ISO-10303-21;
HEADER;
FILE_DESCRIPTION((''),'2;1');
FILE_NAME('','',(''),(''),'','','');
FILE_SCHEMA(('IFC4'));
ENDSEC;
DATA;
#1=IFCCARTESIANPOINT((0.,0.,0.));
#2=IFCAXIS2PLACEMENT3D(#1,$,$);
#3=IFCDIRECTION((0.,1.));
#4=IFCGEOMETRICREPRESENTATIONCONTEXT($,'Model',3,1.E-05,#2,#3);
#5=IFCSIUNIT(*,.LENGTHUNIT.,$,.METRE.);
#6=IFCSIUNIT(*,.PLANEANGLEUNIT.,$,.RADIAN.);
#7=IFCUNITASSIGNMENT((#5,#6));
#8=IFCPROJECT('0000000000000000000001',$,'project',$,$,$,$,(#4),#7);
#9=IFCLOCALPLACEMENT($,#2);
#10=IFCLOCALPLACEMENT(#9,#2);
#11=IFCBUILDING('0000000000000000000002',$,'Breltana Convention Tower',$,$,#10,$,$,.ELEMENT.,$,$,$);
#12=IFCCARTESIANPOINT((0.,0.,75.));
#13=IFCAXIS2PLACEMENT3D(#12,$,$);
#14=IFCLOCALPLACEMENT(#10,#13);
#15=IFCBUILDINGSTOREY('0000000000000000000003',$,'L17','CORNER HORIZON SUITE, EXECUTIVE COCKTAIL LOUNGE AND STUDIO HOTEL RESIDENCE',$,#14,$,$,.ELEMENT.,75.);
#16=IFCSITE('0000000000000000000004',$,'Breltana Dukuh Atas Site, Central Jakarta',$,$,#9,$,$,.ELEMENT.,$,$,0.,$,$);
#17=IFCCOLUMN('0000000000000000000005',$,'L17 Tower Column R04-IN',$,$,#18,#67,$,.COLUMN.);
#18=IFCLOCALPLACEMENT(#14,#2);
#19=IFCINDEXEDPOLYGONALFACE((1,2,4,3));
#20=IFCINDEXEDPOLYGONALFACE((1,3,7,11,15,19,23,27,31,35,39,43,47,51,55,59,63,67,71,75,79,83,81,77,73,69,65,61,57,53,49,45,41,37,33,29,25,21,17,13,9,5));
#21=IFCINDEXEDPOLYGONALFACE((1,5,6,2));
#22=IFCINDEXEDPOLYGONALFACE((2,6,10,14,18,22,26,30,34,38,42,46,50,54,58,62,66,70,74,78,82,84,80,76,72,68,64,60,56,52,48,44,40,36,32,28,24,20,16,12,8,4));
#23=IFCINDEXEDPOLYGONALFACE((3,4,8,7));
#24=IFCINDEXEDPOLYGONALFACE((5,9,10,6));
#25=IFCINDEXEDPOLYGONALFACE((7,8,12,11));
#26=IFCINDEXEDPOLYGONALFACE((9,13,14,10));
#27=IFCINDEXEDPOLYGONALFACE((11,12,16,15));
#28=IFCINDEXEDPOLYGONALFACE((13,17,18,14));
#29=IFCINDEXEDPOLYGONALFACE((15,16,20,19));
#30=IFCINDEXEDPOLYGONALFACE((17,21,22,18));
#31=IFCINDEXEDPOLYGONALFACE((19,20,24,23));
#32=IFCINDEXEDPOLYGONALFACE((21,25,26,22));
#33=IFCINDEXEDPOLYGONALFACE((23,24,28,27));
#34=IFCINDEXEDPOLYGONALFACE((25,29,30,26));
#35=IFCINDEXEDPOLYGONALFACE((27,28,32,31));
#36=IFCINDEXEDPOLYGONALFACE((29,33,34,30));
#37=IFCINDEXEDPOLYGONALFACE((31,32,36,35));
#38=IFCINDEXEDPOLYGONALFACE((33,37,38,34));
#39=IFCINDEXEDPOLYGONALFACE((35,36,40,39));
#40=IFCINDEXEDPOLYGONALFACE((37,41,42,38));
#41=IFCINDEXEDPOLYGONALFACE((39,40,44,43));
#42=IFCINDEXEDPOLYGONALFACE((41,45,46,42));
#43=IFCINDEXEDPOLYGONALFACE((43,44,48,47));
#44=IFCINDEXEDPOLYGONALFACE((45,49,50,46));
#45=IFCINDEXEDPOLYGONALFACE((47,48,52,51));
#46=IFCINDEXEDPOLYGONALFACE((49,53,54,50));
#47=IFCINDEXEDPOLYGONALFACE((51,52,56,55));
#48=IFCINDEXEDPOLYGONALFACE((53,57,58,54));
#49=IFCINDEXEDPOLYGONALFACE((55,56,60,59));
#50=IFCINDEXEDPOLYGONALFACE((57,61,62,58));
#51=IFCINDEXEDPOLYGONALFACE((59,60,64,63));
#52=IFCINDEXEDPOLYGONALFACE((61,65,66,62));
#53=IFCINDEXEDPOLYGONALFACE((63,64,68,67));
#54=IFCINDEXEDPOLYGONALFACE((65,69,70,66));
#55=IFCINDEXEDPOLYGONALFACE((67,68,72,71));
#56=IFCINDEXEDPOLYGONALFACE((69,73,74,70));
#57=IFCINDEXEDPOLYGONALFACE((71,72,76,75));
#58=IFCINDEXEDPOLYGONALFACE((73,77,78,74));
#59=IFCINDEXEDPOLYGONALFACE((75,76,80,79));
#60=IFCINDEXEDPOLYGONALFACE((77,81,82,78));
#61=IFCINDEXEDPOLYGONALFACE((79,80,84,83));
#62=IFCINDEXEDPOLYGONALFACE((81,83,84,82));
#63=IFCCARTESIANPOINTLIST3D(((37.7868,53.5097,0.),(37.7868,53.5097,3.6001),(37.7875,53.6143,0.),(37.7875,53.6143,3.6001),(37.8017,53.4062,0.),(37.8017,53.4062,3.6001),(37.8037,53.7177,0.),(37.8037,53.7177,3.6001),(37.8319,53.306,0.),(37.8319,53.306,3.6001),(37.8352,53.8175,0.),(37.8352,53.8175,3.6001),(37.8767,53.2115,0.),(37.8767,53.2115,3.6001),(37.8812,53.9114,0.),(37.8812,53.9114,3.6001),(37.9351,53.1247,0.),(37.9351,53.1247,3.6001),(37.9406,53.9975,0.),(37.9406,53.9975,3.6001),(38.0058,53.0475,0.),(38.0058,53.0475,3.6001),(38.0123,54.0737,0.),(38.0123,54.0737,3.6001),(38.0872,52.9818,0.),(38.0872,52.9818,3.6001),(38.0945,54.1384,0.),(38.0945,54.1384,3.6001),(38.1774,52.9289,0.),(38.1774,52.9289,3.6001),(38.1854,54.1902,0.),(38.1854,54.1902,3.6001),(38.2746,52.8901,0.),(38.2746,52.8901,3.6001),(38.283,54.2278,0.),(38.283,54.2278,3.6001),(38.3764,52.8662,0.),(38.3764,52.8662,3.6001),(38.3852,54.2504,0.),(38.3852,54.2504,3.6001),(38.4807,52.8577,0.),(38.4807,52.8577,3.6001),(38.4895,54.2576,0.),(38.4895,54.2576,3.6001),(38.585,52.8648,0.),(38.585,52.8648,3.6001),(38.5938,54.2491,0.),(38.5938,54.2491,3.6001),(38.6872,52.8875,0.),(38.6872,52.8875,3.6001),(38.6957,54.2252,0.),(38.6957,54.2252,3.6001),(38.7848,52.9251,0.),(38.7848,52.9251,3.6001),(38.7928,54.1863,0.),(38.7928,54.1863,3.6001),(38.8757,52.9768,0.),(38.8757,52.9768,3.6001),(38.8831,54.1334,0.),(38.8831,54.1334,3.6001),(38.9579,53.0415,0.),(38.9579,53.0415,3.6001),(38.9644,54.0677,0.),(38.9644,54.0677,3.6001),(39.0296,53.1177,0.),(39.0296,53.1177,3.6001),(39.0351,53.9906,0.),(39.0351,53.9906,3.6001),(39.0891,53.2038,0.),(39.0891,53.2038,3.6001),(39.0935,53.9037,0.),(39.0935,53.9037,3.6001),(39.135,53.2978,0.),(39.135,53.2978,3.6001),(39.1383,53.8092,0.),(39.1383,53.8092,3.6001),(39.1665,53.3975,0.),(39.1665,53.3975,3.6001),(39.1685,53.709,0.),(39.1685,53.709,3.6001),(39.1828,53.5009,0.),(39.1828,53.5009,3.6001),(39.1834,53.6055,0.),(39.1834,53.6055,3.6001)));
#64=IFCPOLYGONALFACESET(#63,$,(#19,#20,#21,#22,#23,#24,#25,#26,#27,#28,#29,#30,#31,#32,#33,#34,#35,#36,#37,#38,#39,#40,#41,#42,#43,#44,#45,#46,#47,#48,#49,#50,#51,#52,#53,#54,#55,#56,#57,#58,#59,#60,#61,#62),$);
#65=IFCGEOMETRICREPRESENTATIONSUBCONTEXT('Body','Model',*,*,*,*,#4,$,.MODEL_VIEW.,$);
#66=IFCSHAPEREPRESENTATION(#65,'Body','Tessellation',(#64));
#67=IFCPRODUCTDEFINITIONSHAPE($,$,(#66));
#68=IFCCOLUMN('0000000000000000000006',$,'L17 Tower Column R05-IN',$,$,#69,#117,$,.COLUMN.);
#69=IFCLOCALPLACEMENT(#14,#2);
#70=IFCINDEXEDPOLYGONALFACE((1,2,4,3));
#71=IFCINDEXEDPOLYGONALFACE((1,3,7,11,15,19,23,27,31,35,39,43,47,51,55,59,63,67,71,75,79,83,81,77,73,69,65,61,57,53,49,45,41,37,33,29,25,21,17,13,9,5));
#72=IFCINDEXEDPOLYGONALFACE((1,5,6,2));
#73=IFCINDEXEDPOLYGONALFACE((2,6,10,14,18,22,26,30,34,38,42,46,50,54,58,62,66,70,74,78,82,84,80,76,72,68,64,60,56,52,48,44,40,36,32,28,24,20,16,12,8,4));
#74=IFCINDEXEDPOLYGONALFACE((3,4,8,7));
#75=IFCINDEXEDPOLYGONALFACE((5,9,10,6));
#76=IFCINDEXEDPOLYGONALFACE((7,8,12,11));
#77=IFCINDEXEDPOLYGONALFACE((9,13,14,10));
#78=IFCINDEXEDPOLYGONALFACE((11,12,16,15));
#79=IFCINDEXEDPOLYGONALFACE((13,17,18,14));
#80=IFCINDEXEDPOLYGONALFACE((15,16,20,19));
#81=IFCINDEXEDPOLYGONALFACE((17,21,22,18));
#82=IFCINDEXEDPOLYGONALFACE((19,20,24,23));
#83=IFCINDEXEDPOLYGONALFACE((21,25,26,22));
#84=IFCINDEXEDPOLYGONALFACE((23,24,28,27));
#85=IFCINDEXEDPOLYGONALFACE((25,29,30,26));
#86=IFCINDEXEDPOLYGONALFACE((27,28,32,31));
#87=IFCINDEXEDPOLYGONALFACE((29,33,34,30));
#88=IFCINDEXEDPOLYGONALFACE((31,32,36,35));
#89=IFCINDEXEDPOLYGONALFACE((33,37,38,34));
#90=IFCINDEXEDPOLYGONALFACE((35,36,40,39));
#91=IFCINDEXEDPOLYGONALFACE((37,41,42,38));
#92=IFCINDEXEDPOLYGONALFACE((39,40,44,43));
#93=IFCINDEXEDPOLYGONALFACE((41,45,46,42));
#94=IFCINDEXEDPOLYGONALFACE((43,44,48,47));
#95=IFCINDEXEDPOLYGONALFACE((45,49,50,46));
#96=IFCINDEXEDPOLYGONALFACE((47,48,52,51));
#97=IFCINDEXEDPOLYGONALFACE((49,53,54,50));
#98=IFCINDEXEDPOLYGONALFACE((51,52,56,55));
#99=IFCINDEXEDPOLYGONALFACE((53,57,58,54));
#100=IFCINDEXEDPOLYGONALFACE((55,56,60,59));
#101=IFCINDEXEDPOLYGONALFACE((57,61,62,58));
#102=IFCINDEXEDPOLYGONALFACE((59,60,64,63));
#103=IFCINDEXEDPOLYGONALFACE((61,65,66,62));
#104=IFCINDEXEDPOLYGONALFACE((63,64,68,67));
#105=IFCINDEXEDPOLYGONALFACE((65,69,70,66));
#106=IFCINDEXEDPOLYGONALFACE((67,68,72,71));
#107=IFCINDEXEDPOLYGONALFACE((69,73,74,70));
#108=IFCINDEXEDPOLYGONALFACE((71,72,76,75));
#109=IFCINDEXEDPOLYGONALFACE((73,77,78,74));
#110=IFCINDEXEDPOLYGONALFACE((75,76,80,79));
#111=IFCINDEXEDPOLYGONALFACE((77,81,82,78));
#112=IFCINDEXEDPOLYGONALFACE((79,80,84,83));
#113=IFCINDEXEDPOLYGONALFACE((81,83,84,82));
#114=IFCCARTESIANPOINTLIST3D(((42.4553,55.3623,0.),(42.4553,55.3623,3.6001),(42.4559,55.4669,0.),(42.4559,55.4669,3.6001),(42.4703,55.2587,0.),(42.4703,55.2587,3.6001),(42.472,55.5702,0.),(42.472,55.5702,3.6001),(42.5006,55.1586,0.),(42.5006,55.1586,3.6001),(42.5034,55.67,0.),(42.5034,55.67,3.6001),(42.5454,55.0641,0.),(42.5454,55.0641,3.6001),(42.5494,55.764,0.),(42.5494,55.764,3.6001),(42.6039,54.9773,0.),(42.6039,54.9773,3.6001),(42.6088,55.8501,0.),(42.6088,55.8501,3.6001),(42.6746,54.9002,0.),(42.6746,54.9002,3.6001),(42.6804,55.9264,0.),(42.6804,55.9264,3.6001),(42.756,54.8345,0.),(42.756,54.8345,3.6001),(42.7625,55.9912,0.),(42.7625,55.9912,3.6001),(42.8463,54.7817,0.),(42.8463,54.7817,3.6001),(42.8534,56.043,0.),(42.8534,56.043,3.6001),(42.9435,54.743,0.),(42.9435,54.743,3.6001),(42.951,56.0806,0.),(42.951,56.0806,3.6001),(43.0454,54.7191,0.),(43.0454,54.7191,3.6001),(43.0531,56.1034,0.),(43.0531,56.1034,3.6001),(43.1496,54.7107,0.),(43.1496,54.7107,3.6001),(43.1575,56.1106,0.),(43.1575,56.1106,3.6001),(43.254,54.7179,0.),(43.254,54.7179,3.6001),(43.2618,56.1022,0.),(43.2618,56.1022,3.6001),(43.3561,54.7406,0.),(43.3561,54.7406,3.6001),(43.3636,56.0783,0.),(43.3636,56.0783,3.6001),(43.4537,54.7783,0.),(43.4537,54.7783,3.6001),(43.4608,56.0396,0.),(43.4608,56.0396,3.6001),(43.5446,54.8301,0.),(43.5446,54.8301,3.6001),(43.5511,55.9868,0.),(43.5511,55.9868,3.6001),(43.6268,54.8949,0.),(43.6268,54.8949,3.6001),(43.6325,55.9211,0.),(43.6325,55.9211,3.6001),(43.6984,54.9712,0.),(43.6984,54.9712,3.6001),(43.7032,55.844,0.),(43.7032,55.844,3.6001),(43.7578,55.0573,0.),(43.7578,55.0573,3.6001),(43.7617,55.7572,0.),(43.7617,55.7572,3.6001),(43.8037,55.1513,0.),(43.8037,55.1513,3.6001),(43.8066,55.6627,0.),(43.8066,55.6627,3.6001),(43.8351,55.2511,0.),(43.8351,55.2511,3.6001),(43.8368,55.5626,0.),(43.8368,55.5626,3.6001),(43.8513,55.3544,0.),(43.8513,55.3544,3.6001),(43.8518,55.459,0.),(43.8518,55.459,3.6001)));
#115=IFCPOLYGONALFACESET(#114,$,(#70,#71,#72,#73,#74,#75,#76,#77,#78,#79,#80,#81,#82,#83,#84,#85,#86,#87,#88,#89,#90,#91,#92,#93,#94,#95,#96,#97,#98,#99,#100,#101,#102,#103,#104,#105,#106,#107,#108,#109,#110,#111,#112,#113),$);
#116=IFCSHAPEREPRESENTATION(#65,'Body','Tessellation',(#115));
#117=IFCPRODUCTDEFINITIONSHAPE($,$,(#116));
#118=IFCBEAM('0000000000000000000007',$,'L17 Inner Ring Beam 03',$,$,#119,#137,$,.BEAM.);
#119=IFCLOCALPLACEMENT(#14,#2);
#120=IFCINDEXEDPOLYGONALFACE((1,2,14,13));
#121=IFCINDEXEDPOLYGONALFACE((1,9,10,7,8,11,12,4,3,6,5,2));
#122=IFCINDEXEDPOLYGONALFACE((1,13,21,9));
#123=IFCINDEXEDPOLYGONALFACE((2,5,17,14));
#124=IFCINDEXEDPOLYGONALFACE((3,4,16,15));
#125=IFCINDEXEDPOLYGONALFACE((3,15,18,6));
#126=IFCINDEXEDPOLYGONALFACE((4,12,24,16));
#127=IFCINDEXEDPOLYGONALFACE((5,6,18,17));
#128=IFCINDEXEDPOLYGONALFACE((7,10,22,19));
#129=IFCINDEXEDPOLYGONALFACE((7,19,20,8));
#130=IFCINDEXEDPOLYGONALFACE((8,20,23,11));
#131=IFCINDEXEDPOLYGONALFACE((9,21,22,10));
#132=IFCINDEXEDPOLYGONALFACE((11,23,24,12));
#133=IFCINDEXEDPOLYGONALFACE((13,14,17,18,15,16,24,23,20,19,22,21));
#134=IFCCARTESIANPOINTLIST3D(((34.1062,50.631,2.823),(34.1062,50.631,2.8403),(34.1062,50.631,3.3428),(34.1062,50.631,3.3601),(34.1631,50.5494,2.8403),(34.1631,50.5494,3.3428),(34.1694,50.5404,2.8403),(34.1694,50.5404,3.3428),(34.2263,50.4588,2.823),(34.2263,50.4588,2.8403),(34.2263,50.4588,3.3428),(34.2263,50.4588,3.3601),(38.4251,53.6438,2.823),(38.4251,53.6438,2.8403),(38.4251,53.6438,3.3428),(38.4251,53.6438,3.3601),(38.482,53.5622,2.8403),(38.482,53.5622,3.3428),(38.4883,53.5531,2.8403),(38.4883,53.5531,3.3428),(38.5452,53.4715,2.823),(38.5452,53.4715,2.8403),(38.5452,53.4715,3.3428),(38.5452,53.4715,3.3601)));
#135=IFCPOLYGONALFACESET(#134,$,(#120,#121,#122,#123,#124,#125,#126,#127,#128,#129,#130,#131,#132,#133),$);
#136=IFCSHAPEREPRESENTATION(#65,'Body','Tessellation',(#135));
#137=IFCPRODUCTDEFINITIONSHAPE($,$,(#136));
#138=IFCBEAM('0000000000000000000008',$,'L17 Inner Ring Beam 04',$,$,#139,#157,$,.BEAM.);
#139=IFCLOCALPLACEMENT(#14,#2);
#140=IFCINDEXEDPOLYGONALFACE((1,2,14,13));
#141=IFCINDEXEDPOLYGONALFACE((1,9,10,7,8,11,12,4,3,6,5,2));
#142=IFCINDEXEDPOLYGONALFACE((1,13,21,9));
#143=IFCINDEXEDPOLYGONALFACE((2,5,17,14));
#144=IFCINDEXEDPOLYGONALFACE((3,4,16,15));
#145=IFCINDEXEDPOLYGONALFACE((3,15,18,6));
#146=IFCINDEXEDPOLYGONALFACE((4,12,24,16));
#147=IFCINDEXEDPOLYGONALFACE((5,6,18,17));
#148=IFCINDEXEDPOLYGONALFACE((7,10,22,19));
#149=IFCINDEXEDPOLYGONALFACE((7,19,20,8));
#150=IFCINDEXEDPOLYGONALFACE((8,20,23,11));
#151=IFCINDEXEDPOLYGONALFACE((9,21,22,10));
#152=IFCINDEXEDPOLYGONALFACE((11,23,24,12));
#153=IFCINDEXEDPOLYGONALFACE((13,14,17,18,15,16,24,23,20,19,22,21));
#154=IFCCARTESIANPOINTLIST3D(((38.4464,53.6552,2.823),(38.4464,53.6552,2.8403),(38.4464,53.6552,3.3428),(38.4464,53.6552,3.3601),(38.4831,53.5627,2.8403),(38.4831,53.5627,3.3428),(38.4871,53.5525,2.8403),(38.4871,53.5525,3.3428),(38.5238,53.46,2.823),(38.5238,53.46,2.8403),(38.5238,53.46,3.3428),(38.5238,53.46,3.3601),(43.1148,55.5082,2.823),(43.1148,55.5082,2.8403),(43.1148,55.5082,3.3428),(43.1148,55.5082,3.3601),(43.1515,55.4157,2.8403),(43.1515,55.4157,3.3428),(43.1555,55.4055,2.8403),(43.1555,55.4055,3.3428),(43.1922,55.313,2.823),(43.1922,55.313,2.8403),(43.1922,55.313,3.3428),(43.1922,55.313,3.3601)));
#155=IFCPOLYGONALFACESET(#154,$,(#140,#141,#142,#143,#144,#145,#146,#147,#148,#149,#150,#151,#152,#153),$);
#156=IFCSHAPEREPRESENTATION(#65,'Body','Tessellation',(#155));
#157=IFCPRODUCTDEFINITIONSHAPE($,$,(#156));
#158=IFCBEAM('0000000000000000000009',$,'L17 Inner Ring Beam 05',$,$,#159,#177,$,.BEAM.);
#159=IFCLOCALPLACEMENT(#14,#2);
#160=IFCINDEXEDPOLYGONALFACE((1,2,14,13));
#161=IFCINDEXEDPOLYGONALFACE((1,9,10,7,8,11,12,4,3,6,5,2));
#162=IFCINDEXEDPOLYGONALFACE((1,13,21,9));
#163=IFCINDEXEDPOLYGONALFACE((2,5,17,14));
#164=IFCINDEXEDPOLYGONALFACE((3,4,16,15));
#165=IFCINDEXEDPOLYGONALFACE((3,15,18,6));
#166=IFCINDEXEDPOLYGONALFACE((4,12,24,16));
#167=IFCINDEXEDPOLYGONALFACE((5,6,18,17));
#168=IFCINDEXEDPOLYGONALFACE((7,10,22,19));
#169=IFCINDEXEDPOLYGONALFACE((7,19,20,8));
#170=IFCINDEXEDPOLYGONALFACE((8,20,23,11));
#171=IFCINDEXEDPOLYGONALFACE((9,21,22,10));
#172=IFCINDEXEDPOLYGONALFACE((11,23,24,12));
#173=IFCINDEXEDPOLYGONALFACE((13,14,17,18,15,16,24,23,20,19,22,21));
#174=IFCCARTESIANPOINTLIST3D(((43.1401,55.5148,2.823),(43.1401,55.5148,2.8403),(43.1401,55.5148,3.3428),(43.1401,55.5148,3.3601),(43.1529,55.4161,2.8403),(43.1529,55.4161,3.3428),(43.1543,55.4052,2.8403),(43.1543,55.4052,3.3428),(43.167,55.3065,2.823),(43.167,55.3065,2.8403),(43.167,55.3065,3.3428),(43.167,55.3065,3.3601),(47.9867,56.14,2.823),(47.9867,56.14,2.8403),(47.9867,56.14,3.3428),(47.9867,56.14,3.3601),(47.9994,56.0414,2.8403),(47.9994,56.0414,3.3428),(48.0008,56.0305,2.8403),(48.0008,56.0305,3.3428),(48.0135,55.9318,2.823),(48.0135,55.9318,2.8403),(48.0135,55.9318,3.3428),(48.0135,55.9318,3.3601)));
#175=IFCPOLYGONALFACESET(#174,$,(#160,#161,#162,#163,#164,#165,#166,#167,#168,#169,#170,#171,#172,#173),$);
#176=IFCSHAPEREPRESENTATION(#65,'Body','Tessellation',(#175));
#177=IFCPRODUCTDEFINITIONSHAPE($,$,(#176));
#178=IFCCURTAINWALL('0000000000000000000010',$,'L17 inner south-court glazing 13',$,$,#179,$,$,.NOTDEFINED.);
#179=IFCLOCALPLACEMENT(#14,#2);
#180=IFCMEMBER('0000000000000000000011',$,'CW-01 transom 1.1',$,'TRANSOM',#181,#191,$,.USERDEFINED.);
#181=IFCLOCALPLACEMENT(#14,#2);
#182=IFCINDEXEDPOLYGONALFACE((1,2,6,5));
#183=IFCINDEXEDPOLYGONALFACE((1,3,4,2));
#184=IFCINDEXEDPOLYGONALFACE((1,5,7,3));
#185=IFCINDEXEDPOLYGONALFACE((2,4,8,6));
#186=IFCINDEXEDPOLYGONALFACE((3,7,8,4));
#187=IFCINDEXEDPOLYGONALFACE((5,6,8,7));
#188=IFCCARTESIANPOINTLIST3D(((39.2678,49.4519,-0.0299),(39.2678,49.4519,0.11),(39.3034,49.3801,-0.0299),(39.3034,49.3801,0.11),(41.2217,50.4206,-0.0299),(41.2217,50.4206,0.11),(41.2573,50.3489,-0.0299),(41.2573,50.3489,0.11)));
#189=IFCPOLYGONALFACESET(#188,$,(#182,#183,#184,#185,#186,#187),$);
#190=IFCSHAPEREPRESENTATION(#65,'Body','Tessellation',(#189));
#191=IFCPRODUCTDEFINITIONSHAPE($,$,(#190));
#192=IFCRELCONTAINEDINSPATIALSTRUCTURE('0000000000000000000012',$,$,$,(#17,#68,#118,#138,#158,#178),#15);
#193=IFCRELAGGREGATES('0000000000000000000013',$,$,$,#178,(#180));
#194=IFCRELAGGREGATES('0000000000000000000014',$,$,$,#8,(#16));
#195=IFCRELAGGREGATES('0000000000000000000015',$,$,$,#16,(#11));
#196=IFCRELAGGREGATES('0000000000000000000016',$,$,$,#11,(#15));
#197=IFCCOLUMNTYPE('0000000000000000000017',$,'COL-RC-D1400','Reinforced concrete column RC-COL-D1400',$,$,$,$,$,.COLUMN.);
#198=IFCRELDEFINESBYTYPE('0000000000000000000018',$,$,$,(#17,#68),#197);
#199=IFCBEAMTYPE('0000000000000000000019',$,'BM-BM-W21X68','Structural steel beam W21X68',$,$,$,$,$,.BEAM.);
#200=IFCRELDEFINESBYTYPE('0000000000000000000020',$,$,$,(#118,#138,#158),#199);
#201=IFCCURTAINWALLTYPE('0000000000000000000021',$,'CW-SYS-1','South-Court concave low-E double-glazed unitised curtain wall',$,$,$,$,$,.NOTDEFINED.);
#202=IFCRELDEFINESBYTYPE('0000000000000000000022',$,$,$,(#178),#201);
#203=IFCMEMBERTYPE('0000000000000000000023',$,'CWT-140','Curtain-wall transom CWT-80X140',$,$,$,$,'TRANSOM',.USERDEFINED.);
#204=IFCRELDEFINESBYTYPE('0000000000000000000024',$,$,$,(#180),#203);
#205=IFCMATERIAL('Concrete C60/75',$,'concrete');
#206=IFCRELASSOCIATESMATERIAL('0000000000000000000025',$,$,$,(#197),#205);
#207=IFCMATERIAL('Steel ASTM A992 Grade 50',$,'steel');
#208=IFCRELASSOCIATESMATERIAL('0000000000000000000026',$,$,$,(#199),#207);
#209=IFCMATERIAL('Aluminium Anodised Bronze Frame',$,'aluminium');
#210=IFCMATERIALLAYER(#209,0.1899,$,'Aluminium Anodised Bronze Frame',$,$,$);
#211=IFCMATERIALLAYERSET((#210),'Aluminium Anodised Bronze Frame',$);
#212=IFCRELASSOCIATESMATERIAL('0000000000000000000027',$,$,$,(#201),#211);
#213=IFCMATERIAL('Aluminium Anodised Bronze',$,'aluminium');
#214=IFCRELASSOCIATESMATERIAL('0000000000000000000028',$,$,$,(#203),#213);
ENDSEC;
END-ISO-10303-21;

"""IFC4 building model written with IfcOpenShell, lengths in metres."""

from ifc_helpers import new_model, si_unit, direction, frame, origin, origin_2d, place, context, subcontext, project, spatial, rectangle, circle, i_section, extrude, source, transform, mapped, material, layer, layer_set, material_profile, profile_set, type_object, element, aggregate, save


model = new_model("IFC4")

# Units and contexts
model_context = context("Model", 3, precision=1e-05, world=origin(), true_north=direction((0.0, 1.0)))
body_context = subcontext(model_context, "Body", "Model", "MODEL_VIEW")
ifc_project = project(units=[si_unit("LENGTHUNIT", "METRE"), si_unit("PLANEANGLEUNIT", "RADIAN")], contexts=[model_context])

# Site, building, storey
site_placement = place(None, origin())
site = spatial("IfcSite", under=ifc_project, at=site_placement, Name="Breltana Dukuh Atas Site, Central Jakarta", CompositionType="ELEMENT", RefElevation=0.0)
building_placement = place(site_placement, origin())
building = spatial("IfcBuilding", under=site, at=building_placement, Name="Breltana Convention Tower", CompositionType="ELEMENT")
storey_placement = place(building_placement, frame((0.0, 0.0, 75.0)))
storey = spatial("IfcBuildingStorey", under=building, at=storey_placement, Name="L17", Description="CORNER HORIZON SUITE, EXECUTIVE COCKTAIL LOUNGE AND STUDIO HOTEL RESIDENCE", CompositionType="ELEMENT", Elevation=75.0)

# Columns
ifc_material_1 = material(Name="Concrete C60/75", Category="concrete")
ifc_material_profile_1 = material_profile(ifc_material_1, circle(Radius=0.7, at=origin_2d()), Name="RC-COL-D1400")
ifc_profile_set_1 = profile_set([ifc_material_profile_1], Name="Concrete C60/75")
column_type = type_object("IfcColumnType", Name="COL-RC-D1400", Description="Reinforced concrete column RC-COL-D1400", PredefinedType="COLUMN", material=ifc_profile_set_1)
shared_shape_1 = source(origin(), body_context, "Body", "SweptSolid", [
    extrude(circle(Radius=0.7, at=origin_2d()), origin(), (0.0, 0.0, 1.0), 3.6001),
])
for number, where, z_axis, x_axis, name in (
    (1, (38.4851, 53.5576, 0.0), (0.0, 0.0, 1.0), (-0.288698, 0.95742, 0.0), "L17 Tower Column R04-IN"),
    (2, (43.1536, 55.4106, 0.0), (0.0, 0.0, 1.0), (-0.143493, 0.989651, 0.0), "L17 Tower Column R05-IN"),
):
    element("IfcColumn", number, at=place(storey_placement, frame(where, z_axis=z_axis, x_axis=x_axis)), inside=storey, type_object=column_type, Name=name, PredefinedType="COLUMN", context=body_context, shape_type="MappedRepresentation", body=[
        mapped(shared_shape_1, transform((0.0, 0.0, 0.0), scale=1.0)),
    ])

# Beams
ifc_material_2 = material(Name="Steel ASTM A992 Grade 50", Category="steel")
ifc_material_profile_2 = material_profile(ifc_material_2, i_section(OverallWidth=0.21, OverallDepth=0.5371, WebThickness=0.011, FlangeThickness=0.0173, at=origin_2d()), Name="W21X68")
ifc_profile_set_2 = profile_set([ifc_material_profile_2], Name="Steel ASTM A992 Grade 50")
beam_type = type_object("IfcBeamType", Name="BM-BM-W21X68", Description="Structural steel beam W21X68", PredefinedType="BEAM", material=ifc_profile_set_2)
shared_shape_2 = source(origin(), body_context, "Body", "SweptSolid", [
    extrude(i_section(OverallWidth=0.21, OverallDepth=0.5371, WebThickness=0.011, FlangeThickness=0.0173, at=origin_2d()), origin(), (0.0, 0.0, 1.0), 5.2659),
])
beam_1_placement = place(storey_placement, frame((34.1663, 50.5449, 3.0916), z_axis=(0.820167, 0.572124, 0.0), x_axis=(-0.572124, 0.820167, 0.0)))
element("IfcBeam", 3, at=beam_1_placement, inside=storey, type_object=beam_type, Name="L17 Inner Ring Beam 03", PredefinedType="BEAM", context=body_context, shape_type="MappedRepresentation", body=[
    mapped(shared_shape_2, transform((0.0, 0.0, 0.0), scale=1.0)),
])
shared_shape_3 = source(origin(), body_context, "Body", "SweptSolid", [
    extrude(i_section(OverallWidth=0.21, OverallDepth=0.5371, WebThickness=0.011, FlangeThickness=0.0173, at=origin_2d()), origin(), (0.0, 0.0, 1.0), 5.0227),
])
beam_2_placement = place(storey_placement, frame((38.4851, 53.5576, 3.0916), z_axis=(0.929459, 0.368926, 0.0), x_axis=(-0.368926, 0.929459, 0.0)))
element("IfcBeam", 4, at=beam_2_placement, inside=storey, type_object=beam_type, Name="L17 Inner Ring Beam 04", PredefinedType="BEAM", context=body_context, shape_type="MappedRepresentation", body=[
    mapped(shared_shape_3, transform((0.0, 0.0, 0.0), scale=1.0)),
])
shared_shape_4 = source(origin(), body_context, "Body", "SweptSolid", [
    extrude(i_section(OverallWidth=0.21, OverallDepth=0.5371, WebThickness=0.011, FlangeThickness=0.0173, at=origin_2d()), origin(), (0.0, 0.0, 1.0), 4.8867),
])
beam_3_placement = place(storey_placement, frame((43.1536, 55.4106, 3.0916), z_axis=(0.991781, 0.127951, 0.0), x_axis=(-0.127951, 0.991781, 0.0)))
element("IfcBeam", 5, at=beam_3_placement, inside=storey, type_object=beam_type, Name="L17 Inner Ring Beam 05", PredefinedType="BEAM", context=body_context, shape_type="MappedRepresentation", body=[
    mapped(shared_shape_4, transform((0.0, 0.0, 0.0), scale=1.0)),
])

# Curtain wall, member
ifc_material_3 = material(Name="Aluminium Anodised Bronze Frame", Category="aluminium")
ifc_layer_1 = layer(ifc_material_3, 0.1899, Name="Aluminium Anodised Bronze Frame")
ifc_layer_set_1 = layer_set([ifc_layer_1], Name="Aluminium Anodised Bronze Frame")
curtain_wall_type = type_object("IfcCurtainWallType", Name="CW-SYS-1", Description="South-Court concave low-E double-glazed unitised curtain wall", PredefinedType="NOTDEFINED", material=ifc_layer_set_1)
curtain_wall_1_placement = place(storey_placement, origin())
curtain_wall_1 = element("IfcCurtainWall", 6, at=curtain_wall_1_placement, inside=storey, type_object=curtain_wall_type, Name="L17 inner south-court glazing 13", PredefinedType="NOTDEFINED")
ifc_material_4 = material(Name="Aluminium Anodised Bronze", Category="aluminium")
ifc_material_profile_3 = material_profile(ifc_material_4, rectangle(XDim=0.0801, YDim=0.1399, at=origin_2d()), Name="CWT-80X140")
ifc_profile_set_3 = profile_set([ifc_material_profile_3], Name="Aluminium Anodised Bronze")
member_type_1 = type_object("IfcMemberType", Name="CWT-140", Description="Curtain-wall transom CWT-80X140", ElementType="TRANSOM", PredefinedType="USERDEFINED", material=ifc_profile_set_3)
shared_shape_5 = source(origin(), body_context, "Body", "SweptSolid", [
    extrude(rectangle(XDim=0.0801, YDim=0.1399, at=origin_2d()), origin(), (0.0, 0.0, 1.0), 2.1809),
])
member_1_placement = place(storey_placement, frame((41.2395, 50.3848, 0.04), z_axis=(-0.895922, -0.444211, 0.0), x_axis=(0.444211, -0.895922, 0.0)))
member_1 = element("IfcMember", 7, at=member_1_placement, type_object=member_type_1, Name="CW-01 transom 1.1", ObjectType="TRANSOM", PredefinedType="USERDEFINED", context=body_context, shape_type="MappedRepresentation", body=[
    mapped(shared_shape_5, transform((0.0, 0.0, 0.0), scale=1.0)),
])

aggregate(curtain_wall_1, [member_1])

save(model, "model.ifc")
